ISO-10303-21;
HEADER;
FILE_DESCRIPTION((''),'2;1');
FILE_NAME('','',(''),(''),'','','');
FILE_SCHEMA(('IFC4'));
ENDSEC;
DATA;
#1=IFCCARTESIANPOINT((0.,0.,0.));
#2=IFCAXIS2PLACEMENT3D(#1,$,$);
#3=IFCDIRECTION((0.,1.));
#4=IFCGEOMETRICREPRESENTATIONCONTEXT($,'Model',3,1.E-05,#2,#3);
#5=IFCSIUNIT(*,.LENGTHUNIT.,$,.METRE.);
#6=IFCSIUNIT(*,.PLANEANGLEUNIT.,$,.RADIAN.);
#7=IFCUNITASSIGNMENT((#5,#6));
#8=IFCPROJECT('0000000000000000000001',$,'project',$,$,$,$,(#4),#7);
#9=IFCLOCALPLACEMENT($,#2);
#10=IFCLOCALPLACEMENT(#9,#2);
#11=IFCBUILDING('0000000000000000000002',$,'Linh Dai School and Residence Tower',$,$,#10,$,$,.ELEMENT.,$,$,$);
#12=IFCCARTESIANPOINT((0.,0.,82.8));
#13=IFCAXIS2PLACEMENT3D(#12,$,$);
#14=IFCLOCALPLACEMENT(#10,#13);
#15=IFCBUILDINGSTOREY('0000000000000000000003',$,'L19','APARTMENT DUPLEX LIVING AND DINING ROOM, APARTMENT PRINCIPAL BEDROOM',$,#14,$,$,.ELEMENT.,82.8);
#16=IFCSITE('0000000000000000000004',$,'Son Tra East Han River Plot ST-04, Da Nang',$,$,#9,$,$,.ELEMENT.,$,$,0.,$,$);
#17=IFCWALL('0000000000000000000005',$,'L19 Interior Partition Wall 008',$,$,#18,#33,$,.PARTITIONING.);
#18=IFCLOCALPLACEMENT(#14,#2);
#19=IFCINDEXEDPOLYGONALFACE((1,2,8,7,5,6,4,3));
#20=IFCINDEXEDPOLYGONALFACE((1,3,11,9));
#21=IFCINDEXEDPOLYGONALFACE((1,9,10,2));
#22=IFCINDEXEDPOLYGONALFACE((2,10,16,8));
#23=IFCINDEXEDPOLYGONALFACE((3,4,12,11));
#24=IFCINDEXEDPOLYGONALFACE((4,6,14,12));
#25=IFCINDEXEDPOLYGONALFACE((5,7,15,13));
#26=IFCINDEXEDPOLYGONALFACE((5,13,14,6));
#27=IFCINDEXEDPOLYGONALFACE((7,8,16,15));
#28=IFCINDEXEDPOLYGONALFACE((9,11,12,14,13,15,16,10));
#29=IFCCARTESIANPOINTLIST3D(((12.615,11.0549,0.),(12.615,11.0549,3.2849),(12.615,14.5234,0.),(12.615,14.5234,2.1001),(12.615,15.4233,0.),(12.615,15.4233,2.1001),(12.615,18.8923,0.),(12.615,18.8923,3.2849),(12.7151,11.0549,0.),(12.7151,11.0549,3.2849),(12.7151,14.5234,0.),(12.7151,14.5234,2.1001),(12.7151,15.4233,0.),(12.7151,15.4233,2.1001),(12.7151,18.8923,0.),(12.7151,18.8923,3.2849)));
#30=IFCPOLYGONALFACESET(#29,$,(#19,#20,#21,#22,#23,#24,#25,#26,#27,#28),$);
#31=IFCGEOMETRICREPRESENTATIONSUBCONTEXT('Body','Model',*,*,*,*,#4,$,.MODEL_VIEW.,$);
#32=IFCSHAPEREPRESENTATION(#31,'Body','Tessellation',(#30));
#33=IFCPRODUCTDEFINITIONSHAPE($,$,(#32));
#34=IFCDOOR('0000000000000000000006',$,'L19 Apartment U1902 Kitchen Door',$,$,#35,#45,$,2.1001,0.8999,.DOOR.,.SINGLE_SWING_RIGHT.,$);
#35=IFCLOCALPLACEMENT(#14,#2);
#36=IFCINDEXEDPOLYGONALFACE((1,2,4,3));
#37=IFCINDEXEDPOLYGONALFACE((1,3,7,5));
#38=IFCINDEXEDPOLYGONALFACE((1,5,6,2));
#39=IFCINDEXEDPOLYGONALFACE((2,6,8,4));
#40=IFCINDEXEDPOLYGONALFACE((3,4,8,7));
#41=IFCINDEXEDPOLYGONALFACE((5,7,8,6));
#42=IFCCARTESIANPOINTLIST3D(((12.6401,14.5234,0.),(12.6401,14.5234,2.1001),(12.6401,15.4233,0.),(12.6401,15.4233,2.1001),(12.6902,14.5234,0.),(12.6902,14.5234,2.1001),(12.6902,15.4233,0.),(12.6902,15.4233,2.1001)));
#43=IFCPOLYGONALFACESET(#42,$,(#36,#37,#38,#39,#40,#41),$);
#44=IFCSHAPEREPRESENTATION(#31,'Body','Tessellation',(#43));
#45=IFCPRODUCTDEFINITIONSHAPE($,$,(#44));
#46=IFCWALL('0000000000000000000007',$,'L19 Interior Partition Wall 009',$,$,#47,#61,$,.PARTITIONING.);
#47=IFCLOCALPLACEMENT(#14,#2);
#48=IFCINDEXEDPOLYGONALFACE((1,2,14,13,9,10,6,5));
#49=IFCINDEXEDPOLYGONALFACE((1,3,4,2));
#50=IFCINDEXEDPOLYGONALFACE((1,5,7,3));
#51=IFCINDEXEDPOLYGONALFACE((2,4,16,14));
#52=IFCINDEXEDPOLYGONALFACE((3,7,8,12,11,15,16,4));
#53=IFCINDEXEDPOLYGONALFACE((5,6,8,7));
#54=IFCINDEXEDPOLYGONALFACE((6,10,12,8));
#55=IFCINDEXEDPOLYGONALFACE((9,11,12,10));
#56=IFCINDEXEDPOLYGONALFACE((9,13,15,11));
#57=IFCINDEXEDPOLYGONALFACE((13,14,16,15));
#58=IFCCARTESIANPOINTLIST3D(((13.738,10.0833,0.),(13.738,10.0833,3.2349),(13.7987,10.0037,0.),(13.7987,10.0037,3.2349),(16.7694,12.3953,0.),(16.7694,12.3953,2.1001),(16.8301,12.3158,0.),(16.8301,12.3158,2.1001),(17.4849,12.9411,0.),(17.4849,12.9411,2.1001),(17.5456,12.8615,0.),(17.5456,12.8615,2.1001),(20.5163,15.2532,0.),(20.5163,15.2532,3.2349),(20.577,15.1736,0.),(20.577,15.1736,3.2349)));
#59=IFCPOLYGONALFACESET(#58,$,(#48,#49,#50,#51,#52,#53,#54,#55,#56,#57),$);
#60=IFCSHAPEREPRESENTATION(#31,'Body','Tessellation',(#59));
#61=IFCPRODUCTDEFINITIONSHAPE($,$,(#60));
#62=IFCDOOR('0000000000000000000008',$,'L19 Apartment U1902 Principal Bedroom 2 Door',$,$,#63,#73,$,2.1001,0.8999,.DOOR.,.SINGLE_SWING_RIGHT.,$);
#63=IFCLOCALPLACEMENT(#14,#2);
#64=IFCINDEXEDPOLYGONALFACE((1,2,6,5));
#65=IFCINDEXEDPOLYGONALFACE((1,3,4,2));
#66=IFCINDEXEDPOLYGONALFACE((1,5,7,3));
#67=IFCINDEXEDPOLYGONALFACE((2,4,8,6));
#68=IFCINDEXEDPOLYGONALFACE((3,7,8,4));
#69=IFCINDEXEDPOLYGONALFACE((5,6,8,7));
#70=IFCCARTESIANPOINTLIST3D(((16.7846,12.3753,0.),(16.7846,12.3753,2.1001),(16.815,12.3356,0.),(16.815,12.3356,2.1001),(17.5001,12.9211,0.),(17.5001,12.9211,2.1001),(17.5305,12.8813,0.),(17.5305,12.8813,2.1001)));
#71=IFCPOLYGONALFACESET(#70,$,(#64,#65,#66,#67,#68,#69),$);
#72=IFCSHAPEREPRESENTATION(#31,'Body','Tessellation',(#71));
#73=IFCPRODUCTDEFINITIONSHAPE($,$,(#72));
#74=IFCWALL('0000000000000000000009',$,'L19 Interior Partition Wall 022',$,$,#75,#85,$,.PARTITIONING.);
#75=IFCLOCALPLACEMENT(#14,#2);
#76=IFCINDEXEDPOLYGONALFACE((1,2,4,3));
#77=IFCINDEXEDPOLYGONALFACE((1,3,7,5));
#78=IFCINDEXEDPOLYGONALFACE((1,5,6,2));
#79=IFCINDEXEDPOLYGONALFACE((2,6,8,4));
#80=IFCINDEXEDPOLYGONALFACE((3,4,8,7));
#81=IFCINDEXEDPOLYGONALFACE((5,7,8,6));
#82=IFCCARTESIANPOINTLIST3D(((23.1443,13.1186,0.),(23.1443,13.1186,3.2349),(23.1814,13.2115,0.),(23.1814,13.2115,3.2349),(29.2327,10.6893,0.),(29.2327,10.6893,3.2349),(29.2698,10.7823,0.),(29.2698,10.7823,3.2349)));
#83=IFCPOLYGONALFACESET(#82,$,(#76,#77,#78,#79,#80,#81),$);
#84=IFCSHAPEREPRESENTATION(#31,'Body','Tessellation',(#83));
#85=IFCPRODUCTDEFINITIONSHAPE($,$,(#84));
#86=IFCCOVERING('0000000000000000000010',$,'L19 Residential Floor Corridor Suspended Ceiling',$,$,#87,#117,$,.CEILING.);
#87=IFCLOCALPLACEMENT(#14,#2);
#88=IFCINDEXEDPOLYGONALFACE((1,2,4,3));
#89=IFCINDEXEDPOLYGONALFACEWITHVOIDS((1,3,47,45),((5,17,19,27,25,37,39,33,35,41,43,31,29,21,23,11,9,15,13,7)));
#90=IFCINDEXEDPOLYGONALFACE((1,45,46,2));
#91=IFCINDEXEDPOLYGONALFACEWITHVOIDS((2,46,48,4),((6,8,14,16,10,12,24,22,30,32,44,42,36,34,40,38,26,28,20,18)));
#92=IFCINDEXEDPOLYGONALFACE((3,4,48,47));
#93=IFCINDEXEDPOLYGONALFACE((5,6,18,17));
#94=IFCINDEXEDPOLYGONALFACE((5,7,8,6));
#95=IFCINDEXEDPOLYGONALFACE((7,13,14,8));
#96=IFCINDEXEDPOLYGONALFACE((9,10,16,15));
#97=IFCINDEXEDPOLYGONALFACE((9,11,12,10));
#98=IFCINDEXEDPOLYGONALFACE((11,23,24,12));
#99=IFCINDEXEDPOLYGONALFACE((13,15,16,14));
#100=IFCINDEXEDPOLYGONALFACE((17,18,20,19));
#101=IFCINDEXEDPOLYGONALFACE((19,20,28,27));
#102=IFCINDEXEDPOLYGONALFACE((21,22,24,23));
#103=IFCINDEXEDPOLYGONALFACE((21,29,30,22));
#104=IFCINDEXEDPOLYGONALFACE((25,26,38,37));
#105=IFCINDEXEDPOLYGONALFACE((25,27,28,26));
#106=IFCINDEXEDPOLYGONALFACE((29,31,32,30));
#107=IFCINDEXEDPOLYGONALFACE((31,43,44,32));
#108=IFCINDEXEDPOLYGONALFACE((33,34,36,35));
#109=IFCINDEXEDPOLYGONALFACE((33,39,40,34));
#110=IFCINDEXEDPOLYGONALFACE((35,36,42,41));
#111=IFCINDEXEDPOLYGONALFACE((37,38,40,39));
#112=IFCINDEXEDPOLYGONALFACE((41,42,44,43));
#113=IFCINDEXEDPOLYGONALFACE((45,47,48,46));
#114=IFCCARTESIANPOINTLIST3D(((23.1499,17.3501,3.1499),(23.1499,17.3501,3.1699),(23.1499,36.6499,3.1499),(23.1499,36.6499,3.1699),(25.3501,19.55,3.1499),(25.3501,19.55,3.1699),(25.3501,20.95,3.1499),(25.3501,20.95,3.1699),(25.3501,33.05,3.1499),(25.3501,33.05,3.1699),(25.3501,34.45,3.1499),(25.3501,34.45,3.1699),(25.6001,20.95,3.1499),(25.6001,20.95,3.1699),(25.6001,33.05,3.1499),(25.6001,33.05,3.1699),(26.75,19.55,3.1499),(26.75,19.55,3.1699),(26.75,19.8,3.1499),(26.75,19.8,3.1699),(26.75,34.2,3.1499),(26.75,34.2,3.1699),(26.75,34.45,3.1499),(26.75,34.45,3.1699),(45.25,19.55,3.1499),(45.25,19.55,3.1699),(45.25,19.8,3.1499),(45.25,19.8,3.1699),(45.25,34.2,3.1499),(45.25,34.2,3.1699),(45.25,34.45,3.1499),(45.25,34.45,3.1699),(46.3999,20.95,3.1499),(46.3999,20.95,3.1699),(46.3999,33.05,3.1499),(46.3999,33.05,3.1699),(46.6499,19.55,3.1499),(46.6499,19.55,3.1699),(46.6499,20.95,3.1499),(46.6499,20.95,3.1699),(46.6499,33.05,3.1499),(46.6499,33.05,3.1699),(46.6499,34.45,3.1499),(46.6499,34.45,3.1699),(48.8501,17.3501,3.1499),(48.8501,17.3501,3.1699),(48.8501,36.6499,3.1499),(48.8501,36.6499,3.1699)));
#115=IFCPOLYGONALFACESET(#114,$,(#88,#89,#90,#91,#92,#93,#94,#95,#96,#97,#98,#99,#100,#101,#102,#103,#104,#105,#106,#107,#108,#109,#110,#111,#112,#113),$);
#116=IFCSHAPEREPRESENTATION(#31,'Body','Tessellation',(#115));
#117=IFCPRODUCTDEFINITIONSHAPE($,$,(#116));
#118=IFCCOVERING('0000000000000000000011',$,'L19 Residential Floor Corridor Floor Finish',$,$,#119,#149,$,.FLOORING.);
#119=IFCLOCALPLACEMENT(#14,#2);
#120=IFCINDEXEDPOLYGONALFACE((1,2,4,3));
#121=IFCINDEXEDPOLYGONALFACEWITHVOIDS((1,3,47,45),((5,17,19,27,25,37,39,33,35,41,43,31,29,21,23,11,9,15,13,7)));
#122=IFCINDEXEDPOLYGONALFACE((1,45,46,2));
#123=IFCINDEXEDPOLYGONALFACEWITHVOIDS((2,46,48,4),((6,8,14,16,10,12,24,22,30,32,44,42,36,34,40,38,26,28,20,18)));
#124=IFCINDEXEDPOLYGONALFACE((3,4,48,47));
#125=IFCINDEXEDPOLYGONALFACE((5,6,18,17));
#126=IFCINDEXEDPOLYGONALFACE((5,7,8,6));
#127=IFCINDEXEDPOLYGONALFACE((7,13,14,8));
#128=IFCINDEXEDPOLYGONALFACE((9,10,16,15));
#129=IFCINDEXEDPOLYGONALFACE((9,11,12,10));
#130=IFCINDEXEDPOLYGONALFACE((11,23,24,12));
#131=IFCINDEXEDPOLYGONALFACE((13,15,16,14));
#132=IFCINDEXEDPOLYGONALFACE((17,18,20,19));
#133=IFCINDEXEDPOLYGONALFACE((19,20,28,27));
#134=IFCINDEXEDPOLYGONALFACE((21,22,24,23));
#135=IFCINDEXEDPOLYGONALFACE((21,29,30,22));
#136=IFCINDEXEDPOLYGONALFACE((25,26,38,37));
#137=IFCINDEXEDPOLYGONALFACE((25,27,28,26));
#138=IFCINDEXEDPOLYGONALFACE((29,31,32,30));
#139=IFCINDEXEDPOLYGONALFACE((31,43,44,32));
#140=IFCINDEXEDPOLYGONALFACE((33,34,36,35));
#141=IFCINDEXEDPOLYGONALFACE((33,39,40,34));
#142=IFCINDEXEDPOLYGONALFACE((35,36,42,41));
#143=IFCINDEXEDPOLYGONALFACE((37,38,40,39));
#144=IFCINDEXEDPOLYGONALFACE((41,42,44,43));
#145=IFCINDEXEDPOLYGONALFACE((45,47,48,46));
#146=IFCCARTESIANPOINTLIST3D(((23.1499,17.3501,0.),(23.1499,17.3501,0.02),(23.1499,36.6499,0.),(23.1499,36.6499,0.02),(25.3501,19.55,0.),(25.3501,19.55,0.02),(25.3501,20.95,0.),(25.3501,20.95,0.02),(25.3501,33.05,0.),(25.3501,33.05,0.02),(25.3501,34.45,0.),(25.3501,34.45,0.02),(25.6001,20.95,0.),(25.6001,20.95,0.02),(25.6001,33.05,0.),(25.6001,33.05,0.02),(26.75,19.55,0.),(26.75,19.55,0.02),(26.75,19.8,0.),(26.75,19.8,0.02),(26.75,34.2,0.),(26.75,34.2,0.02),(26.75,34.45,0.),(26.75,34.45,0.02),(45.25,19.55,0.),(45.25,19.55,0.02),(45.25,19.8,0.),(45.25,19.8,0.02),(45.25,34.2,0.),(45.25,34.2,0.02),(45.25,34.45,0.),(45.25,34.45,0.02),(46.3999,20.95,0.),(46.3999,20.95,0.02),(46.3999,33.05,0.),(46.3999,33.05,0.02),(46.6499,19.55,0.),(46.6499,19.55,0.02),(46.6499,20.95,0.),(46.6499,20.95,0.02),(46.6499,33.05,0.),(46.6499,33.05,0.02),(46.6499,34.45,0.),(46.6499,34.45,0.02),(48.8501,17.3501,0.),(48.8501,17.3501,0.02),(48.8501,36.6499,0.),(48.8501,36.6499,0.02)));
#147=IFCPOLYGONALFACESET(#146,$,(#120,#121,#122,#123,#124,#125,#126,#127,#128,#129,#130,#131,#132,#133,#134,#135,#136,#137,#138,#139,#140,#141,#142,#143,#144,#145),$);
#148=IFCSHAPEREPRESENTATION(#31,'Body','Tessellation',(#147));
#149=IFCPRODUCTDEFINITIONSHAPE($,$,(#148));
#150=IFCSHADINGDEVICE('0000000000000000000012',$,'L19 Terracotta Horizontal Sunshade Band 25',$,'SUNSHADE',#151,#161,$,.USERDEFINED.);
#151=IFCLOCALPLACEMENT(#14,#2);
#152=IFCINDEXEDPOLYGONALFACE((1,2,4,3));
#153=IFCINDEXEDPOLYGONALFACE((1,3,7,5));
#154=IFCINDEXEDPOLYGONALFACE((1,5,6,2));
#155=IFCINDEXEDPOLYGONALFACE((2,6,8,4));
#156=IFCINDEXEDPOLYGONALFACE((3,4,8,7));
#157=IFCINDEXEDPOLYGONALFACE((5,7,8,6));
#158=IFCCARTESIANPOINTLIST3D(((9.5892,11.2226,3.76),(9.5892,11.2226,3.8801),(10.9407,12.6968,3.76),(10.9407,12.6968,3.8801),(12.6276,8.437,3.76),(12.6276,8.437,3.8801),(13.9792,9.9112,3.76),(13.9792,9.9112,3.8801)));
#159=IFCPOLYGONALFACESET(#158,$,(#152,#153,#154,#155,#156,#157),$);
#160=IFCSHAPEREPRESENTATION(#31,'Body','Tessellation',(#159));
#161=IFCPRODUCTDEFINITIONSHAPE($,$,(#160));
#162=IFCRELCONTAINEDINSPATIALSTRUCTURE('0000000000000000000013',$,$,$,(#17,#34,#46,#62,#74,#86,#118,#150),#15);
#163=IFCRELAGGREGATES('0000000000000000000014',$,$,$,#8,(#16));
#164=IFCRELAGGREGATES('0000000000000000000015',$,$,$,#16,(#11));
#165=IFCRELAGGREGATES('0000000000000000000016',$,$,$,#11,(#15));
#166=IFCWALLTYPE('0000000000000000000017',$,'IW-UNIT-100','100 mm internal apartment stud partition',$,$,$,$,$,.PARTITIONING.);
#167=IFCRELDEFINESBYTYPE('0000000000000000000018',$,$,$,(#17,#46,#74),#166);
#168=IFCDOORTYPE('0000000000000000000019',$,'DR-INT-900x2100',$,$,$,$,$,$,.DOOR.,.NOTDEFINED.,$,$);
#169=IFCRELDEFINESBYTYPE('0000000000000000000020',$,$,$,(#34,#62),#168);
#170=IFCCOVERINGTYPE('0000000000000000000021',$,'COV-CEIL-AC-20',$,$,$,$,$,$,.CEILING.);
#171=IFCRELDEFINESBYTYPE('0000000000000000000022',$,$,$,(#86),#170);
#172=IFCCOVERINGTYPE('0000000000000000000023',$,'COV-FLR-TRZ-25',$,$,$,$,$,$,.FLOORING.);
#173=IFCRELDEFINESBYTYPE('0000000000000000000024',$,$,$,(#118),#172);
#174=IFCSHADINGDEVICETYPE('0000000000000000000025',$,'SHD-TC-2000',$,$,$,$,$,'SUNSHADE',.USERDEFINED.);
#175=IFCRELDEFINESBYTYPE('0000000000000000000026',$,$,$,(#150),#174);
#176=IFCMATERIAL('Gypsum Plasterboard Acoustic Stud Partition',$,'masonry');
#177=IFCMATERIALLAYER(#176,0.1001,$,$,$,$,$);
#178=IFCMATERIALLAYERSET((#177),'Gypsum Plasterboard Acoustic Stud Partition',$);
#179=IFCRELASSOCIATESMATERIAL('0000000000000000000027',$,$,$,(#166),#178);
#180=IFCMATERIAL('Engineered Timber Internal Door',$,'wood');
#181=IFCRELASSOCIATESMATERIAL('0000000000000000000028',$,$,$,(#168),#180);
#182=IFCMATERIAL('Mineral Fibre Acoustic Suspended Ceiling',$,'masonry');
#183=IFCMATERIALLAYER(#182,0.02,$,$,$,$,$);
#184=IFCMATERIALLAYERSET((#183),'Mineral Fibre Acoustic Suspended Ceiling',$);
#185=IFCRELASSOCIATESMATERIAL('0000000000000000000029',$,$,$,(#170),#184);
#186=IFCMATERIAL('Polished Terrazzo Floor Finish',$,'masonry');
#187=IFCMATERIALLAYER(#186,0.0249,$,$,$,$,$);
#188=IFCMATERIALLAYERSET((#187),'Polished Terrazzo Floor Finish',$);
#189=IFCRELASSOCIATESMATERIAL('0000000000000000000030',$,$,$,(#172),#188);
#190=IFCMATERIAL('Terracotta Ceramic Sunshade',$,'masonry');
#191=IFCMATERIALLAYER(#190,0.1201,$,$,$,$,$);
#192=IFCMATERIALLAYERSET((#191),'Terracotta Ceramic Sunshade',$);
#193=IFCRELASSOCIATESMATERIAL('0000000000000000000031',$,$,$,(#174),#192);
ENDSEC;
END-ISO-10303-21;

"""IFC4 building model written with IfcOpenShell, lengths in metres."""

from ifc_helpers import new_model, si_unit, direction, frame, frame_2d, origin, origin_2d, place, context, subcontext, project, spatial, polyline, rectangle, outline, extrude, source, transform, mapped, material, layer, layer_set, type_object, element, fill, save


model = new_model("IFC4")

# Units and contexts
model_context = context("Model", 3, precision=1e-05, world=origin(), true_north=direction((0.0, 1.0)))
body_context = subcontext(model_context, "Body", "Model", "MODEL_VIEW")
ifc_project = project(units=[si_unit("LENGTHUNIT", "METRE"), si_unit("PLANEANGLEUNIT", "RADIAN")], contexts=[model_context])

# Site, building, storey
site_placement = place(None, origin())
site = spatial("IfcSite", under=ifc_project, at=site_placement, Name="Son Tra East Han River Plot ST-04, Da Nang", CompositionType="ELEMENT", RefElevation=0.0)
building_placement = place(site_placement, origin())
building = spatial("IfcBuilding", under=site, at=building_placement, Name="Linh Dai School and Residence Tower", CompositionType="ELEMENT")
storey_placement = place(building_placement, frame((0.0, 0.0, 82.8)))
storey = spatial("IfcBuildingStorey", under=building, at=storey_placement, Name="L19", Description="APARTMENT DUPLEX LIVING AND DINING ROOM, APARTMENT PRINCIPAL BEDROOM", CompositionType="ELEMENT", Elevation=82.8)

# Shared definitions
ifc_material_1 = material(Name="Gypsum Plasterboard Acoustic Stud Partition", Category="masonry")
ifc_layer_1 = layer(ifc_material_1, 0.1001)
ifc_layer_set_1 = layer_set([ifc_layer_1], Name="Gypsum Plasterboard Acoustic Stud Partition")
wall_type_1 = type_object("IfcWallType", Name="IW-UNIT-100", Description="100 mm internal apartment stud partition", PredefinedType="PARTITIONING", material=ifc_layer_set_1)

# Walls, openings, doors
wall_1_placement = place(storey_placement, frame((12.665, 11.0549, 0.0), z_axis=(0.0, 0.0, 1.0), x_axis=(0.0, 1.0, 0.0)))
wall_1 = element("IfcWall", 1, at=wall_1_placement, inside=storey, type_object=wall_type_1, Name="L19 Interior Partition Wall 008", PredefinedType="PARTITIONING", context=body_context, shape_type="SweptSolid", body=[
    extrude(rectangle(XDim=7.8374, YDim=0.1001, at=frame_2d((3.9187, 0.0))), origin(), (0.0, 0.0, 1.0), 3.2849),
])
opening_1_placement = place(wall_1_placement, frame((3.4685, 0.0, 0.0)))
opening_1 = element("IfcOpeningElement", 2, at=opening_1_placement, cuts=wall_1, PredefinedType="OPENING", context=body_context, shape_type="SweptSolid", body=[
    extrude(rectangle(XDim=0.8999, YDim=2.1001, at=origin_2d()), frame((0.45, 0.0601, 1.05), z_axis=(0.0, -1.0, 0.0), x_axis=(1.0, 0.0, 0.0)), (0.0, 0.0, 1.0), 0.1201),
])
ifc_material_2 = material(Name="Engineered Timber Internal Door", Category="wood")
door_type = type_object("IfcDoorType", Name="DR-INT-900x2100", OperationType="NOTDEFINED", PredefinedType="DOOR", material=ifc_material_2)
shared_shape_1 = source(origin(), body_context, "Body", "SweptSolid", [
    extrude(rectangle(XDim=0.8999, YDim=2.1001, at=origin_2d()), frame((0.45, 0.0249, 1.05), z_axis=(0.0, -1.0, 0.0), x_axis=(1.0, 0.0, 0.0)), (0.0, 0.0, 1.0), 0.05),
])
door_1_placement = place(opening_1_placement, origin())
door_1 = element("IfcDoor", 3, at=door_1_placement, inside=storey, type_object=door_type, Name="L19 Apartment U1902 Kitchen Door", OperationType="SINGLE_SWING_RIGHT", OverallHeight=2.1001, OverallWidth=0.8999, PredefinedType="DOOR", context=body_context, shape_type="MappedRepresentation", body=[
    mapped(shared_shape_1, transform((0.0, 0.0, 0.0), x_axis=(1.0, 0.0, 0.0), y_axis=(0.0, 1.0, 0.0), z_axis=(0.0, 0.0, 1.0), scale=1.0)),
])
fill(opening_1, door_1)
wall_2_placement = place(storey_placement, frame((13.7683, 10.0435, 0.0), z_axis=(0.0, 0.0, 1.0), x_axis=(0.795121, 0.60645, 0.0)))
wall_2 = element("IfcWall", 4, at=wall_2_placement, inside=storey, type_object=wall_type_1, Name="L19 Interior Partition Wall 009", PredefinedType="PARTITIONING", context=body_context, shape_type="SweptSolid", body=[
    extrude(rectangle(XDim=8.5249, YDim=0.1001, at=frame_2d((4.2625, 0.0))), origin(), (0.0, 0.0, 1.0), 3.2349),
])
opening_2_placement = place(wall_2_placement, frame((3.8125, 0.0, 0.0)))
opening_2 = element("IfcOpeningElement", 5, at=opening_2_placement, cuts=wall_2, PredefinedType="OPENING", context=body_context, shape_type="SweptSolid", body=[
    extrude(rectangle(XDim=0.8999, YDim=2.1001, at=origin_2d()), frame((0.45, 0.0601, 1.05), z_axis=(0.0, -1.0, 0.0), x_axis=(1.0, 0.0, 0.0)), (0.0, 0.0, 1.0), 0.1201),
])
door_2_placement = place(opening_2_placement, origin())
door_2 = element("IfcDoor", 6, at=door_2_placement, inside=storey, type_object=door_type, Name="L19 Apartment U1902 Principal Bedroom 2 Door", OperationType="SINGLE_SWING_RIGHT", OverallHeight=2.1001, OverallWidth=0.8999, PredefinedType="DOOR", context=body_context, shape_type="MappedRepresentation", body=[
    mapped(shared_shape_1, transform((0.0, 0.0, 0.0), x_axis=(1.0, 0.0, 0.0), y_axis=(0.0, 1.0, 0.0), z_axis=(0.0, 0.0, 1.0), scale=1.0)),
])
fill(opening_2, door_2)

# Wall
wall_3_placement = place(storey_placement, frame((23.1628, 13.165, 0.0), z_axis=(0.0, 0.0, 1.0), x_axis=(0.9288, -0.370581, 0.0)))
element("IfcWall", 7, at=wall_3_placement, inside=storey, type_object=wall_type_1, Name="L19 Interior Partition Wall 022", PredefinedType="PARTITIONING", context=body_context, shape_type="SweptSolid", body=[
    extrude(rectangle(XDim=6.5552, YDim=0.1001, at=frame_2d((3.2776, 0.0))), origin(), (0.0, 0.0, 1.0), 3.2349),
])

# Coverings
ifc_material_3 = material(Name="Mineral Fibre Acoustic Suspended Ceiling", Category="masonry")
ifc_layer_2 = layer(ifc_material_3, 0.02)
ifc_layer_set_2 = layer_set([ifc_layer_2], Name="Mineral Fibre Acoustic Suspended Ceiling")
covering_type_1 = type_object("IfcCoveringType", Name="COV-CEIL-AC-20", PredefinedType="CEILING", material=ifc_layer_set_2)
covering_1_placement = place(storey_placement, frame((0.0, 0.0, 3.1499)))
element("IfcCovering", 8, at=covering_1_placement, inside=storey, type_object=covering_type_1, Name="L19 Residential Floor Corridor Suspended Ceiling", PredefinedType="CEILING", context=body_context, shape_type="SweptSolid", body=[
    extrude(outline(polyline([(48.8501, 36.6499), (48.8501, 17.3501), (23.1499, 17.3501), (23.1499, 36.6499), (48.8501, 36.6499)]), holes=[polyline([(26.75, 34.2), (26.75, 34.45), (25.3501, 34.45), (25.3501, 33.05), (25.6001, 33.05), (25.6001, 20.95), (25.3501, 20.95), (25.3501, 19.55), (26.75, 19.55), (26.75, 19.8), (45.25, 19.8), (45.25, 19.55), (46.6499, 19.55), (46.6499, 20.95), (46.3999, 20.95), (46.3999, 33.05), (46.6499, 33.05), (46.6499, 34.45), (45.25, 34.45), (45.25, 34.2), (26.75, 34.2)])]), origin(), (0.0, 0.0, 1.0), 0.02),
])
ifc_material_4 = material(Name="Polished Terrazzo Floor Finish", Category="masonry")
ifc_layer_3 = layer(ifc_material_4, 0.0249)
ifc_layer_set_3 = layer_set([ifc_layer_3], Name="Polished Terrazzo Floor Finish")
covering_type_2 = type_object("IfcCoveringType", Name="COV-FLR-TRZ-25", PredefinedType="FLOORING", material=ifc_layer_set_3)
covering_2_placement = place(storey_placement, origin())
element("IfcCovering", 9, at=covering_2_placement, inside=storey, type_object=covering_type_2, Name="L19 Residential Floor Corridor Floor Finish", PredefinedType="FLOORING", context=body_context, shape_type="SweptSolid", body=[
    extrude(outline(polyline([(48.8501, 36.6499), (48.8501, 17.3501), (23.1499, 17.3501), (23.1499, 36.6499), (48.8501, 36.6499)]), holes=[polyline([(26.75, 34.2), (26.75, 34.45), (25.3501, 34.45), (25.3501, 33.05), (25.6001, 33.05), (25.6001, 20.95), (25.3501, 20.95), (25.3501, 19.55), (26.75, 19.55), (26.75, 19.8), (45.25, 19.8), (45.25, 19.55), (46.6499, 19.55), (46.6499, 20.95), (46.3999, 20.95), (46.3999, 33.05), (46.6499, 33.05), (46.6499, 34.45), (45.25, 34.45), (45.25, 34.2), (26.75, 34.2)])]), origin(), (0.0, 0.0, 1.0), 0.02),
])

# Shading device
ifc_material_5 = material(Name="Terracotta Ceramic Sunshade", Category="masonry")
ifc_layer_4 = layer(ifc_material_5, 0.1201)
ifc_layer_set_4 = layer_set([ifc_layer_4], Name="Terracotta Ceramic Sunshade")
shading_device_type = type_object("IfcShadingDeviceType", Name="SHD-TC-2000", ElementType="SUNSHADE", PredefinedType="USERDEFINED", material=ifc_layer_set_4)
shared_shape_2 = source(origin(), body_context, "Body", "SweptSolid", [
    extrude(rectangle(XDim=4.1221, YDim=2.0, at=origin_2d()), origin(), (0.0, 0.0, 1.0), 0.1201),
])
shading_device_placement = place(storey_placement, frame((11.7842, 10.5669, 3.76), z_axis=(0.0, 0.0, 1.0), x_axis=(-0.737113, 0.675769, 0.0)))
element("IfcShadingDevice", 10, at=shading_device_placement, inside=storey, type_object=shading_device_type, Name="L19 Terracotta Horizontal Sunshade Band 25", ObjectType="SUNSHADE", PredefinedType="USERDEFINED", context=body_context, shape_type="MappedRepresentation", body=[
    mapped(shared_shape_2, transform((0.0, 0.0, 0.0), x_axis=(1.0, 0.0, 0.0), y_axis=(0.0, 1.0, 0.0), z_axis=(0.0, 0.0, 1.0), scale=1.0)),
])

save(model, "model.ifc")
